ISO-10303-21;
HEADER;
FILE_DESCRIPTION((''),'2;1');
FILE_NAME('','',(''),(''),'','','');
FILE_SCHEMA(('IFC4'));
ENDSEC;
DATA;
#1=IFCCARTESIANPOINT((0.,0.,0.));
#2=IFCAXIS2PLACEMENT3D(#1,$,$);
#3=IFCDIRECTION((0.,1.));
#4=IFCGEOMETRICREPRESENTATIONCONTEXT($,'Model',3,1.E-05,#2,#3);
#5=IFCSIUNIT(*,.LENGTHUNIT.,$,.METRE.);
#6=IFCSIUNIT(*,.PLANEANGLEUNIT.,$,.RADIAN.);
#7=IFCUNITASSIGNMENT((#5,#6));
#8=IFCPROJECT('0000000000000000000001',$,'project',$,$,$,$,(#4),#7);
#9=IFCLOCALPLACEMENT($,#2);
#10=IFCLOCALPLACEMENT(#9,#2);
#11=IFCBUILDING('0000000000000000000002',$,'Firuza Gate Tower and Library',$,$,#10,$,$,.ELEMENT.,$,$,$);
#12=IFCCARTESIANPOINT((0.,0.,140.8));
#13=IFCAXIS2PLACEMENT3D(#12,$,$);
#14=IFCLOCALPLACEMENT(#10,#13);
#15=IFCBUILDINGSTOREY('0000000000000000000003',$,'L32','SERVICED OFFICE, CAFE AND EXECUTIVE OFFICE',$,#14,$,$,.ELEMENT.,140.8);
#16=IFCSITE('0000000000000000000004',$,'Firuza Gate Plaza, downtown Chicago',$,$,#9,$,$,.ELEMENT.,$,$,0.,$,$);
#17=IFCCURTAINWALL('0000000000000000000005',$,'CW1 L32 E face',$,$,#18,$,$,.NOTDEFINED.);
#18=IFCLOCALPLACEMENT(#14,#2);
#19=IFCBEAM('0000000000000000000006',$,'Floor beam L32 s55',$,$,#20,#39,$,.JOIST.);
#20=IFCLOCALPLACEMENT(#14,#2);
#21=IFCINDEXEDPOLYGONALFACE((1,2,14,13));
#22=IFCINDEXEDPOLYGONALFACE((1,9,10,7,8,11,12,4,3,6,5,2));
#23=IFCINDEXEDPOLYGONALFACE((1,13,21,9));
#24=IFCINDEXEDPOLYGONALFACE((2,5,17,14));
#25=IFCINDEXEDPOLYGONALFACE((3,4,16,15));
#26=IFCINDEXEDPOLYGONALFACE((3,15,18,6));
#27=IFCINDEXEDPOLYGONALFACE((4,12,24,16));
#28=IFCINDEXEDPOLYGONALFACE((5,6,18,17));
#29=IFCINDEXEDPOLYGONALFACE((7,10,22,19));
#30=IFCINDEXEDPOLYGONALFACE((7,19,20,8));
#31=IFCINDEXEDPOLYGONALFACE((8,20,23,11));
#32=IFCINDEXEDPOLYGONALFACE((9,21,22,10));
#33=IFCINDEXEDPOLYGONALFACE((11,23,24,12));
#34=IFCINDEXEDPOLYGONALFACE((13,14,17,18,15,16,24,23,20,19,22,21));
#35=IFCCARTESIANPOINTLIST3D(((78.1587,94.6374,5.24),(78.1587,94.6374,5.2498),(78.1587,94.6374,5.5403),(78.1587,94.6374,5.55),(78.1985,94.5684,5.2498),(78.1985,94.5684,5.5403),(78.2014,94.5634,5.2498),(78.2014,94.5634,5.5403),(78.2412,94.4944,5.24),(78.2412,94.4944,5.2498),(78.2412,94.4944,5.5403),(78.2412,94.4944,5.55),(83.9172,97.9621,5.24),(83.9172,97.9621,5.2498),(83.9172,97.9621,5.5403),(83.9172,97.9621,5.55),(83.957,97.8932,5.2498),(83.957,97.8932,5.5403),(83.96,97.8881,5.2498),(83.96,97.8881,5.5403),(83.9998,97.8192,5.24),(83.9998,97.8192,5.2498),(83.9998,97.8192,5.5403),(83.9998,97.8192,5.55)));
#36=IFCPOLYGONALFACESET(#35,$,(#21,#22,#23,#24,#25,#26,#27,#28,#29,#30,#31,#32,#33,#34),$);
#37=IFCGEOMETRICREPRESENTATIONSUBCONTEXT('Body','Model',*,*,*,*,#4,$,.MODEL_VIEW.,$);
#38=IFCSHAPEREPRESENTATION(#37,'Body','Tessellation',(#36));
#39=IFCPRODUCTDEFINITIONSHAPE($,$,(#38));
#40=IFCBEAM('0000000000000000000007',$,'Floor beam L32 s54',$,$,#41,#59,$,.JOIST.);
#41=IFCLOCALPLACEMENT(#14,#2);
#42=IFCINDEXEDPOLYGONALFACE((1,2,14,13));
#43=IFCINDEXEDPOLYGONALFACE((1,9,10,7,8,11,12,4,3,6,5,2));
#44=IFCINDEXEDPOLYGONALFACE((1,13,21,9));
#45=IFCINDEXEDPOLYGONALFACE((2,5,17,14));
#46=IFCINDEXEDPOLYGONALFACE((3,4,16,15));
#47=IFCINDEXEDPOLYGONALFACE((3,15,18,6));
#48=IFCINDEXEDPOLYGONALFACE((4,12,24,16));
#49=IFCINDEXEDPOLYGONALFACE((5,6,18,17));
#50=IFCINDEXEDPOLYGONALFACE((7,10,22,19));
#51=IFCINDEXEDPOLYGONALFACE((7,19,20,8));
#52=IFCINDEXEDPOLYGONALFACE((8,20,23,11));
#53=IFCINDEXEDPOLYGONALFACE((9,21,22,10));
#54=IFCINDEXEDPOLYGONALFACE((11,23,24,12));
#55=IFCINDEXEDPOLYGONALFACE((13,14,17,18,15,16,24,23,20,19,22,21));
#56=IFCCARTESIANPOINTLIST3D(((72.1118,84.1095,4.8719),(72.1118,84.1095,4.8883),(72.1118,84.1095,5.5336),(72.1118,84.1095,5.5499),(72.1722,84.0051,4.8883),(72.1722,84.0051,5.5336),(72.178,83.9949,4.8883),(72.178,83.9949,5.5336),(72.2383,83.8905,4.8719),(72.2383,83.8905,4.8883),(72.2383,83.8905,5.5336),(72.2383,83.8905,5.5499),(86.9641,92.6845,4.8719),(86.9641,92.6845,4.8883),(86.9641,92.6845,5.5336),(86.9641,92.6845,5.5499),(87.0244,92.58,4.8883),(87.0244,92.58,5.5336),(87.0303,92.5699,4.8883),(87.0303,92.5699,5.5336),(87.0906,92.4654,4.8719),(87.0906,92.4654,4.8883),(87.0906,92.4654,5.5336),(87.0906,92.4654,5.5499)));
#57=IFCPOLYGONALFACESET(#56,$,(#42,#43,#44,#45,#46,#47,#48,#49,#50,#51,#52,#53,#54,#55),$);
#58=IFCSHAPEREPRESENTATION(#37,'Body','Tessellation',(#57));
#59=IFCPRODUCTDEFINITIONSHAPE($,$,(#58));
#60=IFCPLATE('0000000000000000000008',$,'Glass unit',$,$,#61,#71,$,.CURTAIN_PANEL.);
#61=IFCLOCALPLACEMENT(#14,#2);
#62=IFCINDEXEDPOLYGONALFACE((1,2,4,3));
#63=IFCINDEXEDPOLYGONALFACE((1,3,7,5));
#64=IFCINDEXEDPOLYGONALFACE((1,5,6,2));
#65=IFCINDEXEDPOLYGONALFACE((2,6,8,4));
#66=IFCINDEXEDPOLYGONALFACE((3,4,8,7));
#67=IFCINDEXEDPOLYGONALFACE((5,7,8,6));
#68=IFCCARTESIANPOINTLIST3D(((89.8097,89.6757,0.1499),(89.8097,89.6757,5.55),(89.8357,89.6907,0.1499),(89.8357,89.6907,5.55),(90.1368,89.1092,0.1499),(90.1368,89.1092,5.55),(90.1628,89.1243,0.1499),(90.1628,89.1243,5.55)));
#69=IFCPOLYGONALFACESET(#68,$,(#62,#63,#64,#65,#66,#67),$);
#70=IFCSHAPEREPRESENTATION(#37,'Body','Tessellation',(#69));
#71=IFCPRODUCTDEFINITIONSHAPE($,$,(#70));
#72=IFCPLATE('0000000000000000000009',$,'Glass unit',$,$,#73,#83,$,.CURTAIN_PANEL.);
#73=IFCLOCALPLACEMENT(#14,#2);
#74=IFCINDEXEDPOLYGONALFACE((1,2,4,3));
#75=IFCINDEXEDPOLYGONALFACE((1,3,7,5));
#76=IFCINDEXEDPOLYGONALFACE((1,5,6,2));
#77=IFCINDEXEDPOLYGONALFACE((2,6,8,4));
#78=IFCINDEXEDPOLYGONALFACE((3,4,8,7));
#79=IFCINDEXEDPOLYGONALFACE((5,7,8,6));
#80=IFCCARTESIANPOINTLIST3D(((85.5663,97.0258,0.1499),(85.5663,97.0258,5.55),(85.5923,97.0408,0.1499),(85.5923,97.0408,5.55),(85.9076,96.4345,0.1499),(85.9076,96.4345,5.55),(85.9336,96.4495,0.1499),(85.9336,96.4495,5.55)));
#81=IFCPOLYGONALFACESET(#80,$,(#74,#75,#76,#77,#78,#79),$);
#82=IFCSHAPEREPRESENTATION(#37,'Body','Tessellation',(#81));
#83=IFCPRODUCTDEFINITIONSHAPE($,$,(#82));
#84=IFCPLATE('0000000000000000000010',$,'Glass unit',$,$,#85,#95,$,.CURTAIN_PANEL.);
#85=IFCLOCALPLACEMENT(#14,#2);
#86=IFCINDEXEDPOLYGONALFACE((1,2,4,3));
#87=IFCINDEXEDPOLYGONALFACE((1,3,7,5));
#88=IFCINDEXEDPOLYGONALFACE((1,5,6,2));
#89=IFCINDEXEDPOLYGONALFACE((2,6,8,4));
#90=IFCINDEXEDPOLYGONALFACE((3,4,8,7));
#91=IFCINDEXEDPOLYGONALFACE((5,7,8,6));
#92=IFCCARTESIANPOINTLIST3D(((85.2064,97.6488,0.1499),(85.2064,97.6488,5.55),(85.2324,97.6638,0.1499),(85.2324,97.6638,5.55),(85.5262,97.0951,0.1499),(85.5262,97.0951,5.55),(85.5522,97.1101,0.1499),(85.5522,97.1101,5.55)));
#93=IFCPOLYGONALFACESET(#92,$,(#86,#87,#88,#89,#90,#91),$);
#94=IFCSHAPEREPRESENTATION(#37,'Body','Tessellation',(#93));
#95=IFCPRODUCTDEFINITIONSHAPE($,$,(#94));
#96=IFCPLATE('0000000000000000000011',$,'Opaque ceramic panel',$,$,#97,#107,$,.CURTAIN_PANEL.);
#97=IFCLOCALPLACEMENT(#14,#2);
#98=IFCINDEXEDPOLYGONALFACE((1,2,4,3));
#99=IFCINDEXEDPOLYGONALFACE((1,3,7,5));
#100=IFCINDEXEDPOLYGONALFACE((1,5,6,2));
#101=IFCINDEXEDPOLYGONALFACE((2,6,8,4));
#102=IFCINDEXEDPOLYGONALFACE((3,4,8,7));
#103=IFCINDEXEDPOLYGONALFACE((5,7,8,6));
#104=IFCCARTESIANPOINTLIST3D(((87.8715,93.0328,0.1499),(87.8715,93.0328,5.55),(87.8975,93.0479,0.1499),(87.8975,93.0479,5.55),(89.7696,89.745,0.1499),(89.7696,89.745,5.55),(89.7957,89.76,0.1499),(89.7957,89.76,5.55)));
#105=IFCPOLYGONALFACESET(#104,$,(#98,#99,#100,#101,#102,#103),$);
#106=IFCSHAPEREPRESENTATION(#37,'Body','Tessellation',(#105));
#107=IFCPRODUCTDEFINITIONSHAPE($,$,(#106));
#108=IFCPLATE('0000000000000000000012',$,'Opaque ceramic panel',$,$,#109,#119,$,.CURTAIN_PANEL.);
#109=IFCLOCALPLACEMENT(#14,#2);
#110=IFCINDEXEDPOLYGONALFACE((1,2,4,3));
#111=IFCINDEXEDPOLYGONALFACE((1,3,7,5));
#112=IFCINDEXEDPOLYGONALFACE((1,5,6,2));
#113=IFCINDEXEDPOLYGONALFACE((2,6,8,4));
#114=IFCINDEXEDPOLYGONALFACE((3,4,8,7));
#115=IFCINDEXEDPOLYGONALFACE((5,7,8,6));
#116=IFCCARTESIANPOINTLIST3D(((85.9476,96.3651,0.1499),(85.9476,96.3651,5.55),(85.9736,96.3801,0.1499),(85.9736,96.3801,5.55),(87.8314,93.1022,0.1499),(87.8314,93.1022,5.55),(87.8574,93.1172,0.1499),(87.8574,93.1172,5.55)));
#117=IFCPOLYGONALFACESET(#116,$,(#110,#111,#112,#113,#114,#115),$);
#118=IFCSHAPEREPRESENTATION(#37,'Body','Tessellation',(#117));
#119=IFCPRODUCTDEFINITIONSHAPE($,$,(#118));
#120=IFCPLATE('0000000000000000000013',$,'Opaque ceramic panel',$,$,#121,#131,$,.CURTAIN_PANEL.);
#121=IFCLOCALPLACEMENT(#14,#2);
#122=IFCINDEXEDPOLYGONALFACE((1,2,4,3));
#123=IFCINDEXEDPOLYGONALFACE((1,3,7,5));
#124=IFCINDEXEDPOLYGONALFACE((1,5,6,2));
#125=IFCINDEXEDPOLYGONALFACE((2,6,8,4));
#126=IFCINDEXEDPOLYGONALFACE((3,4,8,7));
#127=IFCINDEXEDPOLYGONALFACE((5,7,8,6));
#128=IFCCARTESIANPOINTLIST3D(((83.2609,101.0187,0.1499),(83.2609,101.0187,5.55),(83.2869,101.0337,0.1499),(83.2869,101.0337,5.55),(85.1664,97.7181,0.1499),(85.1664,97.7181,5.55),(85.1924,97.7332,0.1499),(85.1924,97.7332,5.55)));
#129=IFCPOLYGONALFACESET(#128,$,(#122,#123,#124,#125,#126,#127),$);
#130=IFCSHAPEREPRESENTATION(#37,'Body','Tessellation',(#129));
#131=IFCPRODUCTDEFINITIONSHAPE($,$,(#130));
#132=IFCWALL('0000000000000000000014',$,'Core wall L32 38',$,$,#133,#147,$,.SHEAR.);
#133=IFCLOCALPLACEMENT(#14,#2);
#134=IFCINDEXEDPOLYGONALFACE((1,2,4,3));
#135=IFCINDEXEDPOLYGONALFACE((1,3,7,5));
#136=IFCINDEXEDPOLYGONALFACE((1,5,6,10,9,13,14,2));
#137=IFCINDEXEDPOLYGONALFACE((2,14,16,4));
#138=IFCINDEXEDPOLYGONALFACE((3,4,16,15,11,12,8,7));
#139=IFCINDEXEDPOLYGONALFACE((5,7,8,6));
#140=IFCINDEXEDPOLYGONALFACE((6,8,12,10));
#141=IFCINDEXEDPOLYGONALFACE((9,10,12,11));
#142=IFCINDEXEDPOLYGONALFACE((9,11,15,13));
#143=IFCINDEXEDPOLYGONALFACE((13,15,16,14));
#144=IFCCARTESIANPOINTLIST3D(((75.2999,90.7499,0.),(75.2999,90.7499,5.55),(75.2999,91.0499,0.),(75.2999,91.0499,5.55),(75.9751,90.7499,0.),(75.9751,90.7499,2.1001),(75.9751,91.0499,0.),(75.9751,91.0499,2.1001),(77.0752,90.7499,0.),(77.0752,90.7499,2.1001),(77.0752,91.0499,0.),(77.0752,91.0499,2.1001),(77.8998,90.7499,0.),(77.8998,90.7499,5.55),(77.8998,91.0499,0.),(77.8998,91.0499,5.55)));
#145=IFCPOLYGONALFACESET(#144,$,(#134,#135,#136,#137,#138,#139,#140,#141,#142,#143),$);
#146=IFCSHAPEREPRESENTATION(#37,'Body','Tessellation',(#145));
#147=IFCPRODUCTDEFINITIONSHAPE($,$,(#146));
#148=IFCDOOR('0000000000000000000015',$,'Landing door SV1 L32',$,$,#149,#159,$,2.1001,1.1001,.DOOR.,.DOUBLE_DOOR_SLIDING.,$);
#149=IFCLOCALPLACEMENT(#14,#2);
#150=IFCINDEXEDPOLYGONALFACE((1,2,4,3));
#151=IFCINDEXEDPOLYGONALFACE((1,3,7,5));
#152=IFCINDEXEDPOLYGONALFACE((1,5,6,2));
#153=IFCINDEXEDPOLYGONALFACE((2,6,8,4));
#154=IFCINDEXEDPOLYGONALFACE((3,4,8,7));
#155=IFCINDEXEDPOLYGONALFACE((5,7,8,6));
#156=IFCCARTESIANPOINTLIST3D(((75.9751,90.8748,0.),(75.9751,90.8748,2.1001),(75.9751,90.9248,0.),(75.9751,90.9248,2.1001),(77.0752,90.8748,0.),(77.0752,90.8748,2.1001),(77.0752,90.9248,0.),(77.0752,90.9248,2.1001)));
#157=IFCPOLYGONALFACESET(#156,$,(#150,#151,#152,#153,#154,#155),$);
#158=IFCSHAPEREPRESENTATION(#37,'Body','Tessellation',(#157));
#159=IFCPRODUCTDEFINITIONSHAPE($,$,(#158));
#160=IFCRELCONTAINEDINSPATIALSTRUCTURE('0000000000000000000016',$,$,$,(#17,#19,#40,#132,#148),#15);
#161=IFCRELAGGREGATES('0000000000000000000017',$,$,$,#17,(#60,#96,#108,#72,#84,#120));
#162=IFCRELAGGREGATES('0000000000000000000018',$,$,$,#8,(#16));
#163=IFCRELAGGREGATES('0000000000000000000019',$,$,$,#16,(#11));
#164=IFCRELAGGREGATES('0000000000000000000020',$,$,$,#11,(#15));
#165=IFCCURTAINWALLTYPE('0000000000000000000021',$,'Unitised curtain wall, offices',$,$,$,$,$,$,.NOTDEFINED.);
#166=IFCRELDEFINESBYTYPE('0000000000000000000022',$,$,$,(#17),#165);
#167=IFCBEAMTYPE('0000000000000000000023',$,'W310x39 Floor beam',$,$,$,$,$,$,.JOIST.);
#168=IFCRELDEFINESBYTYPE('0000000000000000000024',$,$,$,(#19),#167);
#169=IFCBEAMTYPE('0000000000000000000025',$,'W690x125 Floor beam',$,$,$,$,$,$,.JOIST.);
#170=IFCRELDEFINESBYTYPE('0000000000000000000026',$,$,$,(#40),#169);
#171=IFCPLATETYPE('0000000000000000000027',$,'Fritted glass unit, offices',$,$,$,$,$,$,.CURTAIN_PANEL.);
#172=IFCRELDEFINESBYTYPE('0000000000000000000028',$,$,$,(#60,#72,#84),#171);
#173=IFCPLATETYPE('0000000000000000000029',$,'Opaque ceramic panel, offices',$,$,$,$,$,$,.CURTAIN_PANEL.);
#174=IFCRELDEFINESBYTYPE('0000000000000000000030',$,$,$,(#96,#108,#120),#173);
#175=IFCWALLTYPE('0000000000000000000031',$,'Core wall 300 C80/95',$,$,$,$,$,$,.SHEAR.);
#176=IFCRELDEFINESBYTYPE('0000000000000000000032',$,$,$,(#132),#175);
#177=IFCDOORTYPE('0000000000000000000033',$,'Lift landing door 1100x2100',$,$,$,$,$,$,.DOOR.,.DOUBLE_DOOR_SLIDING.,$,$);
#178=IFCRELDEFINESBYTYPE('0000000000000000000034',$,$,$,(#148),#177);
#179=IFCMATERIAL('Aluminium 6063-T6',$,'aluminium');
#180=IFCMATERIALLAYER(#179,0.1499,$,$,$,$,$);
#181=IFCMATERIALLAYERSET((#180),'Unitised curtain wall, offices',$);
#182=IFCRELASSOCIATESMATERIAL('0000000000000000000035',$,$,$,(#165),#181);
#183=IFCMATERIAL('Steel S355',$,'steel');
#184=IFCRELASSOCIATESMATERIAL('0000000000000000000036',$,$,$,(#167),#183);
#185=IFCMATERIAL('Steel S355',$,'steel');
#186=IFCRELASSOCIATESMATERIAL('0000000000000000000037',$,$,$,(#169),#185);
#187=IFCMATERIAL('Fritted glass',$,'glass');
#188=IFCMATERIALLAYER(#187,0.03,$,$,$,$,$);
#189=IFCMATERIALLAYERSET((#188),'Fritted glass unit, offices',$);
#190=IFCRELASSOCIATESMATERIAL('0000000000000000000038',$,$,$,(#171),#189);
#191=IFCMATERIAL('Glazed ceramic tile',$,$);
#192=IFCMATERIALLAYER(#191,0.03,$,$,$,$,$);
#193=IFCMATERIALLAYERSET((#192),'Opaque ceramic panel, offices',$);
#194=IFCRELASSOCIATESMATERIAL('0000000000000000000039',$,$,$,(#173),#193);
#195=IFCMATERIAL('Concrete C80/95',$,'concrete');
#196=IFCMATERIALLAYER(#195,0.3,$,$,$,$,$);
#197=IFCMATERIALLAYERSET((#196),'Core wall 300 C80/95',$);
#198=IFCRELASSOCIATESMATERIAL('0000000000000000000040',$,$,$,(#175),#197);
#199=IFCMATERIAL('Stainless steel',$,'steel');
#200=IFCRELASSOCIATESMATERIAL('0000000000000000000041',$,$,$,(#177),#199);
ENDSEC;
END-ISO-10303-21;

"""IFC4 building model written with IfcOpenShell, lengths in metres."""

from ifc_helpers import new_model, si_unit, direction, frame, frame_2d, origin, origin_2d, place, context, subcontext, project, spatial, polyline, rectangle, i_section, outline, extrude, material, layer, layer_set, material_profile, profile_set, type_object, element, fill, aggregate, save


model = new_model("IFC4")

# Units and contexts
model_context = context("Model", 3, precision=1e-05, world=origin(), true_north=direction((0.0, 1.0)))
body_context = subcontext(model_context, "Body", "Model", "MODEL_VIEW")
ifc_project = project(units=[si_unit("LENGTHUNIT", "METRE"), si_unit("PLANEANGLEUNIT", "RADIAN")], contexts=[model_context])

# Site, building, storey
site_placement = place(None, origin())
site = spatial("IfcSite", under=ifc_project, at=site_placement, Name="Firuza Gate Plaza, downtown Chicago", CompositionType="ELEMENT", RefElevation=0.0)
building_placement = place(site_placement, origin())
building = spatial("IfcBuilding", under=site, at=building_placement, Name="Firuza Gate Tower and Library", CompositionType="ELEMENT")
storey_placement = place(building_placement, frame((0.0, 0.0, 140.8)))
storey = spatial("IfcBuildingStorey", under=building, at=storey_placement, Name="L32", Description="SERVICED OFFICE, CAFE AND EXECUTIVE OFFICE", CompositionType="ELEMENT", Elevation=140.8)

# Curtain wall
ifc_material_1 = material(Name="Aluminium 6063-T6", Category="aluminium")
ifc_layer_1 = layer(ifc_material_1, 0.1499)
ifc_layer_set_1 = layer_set([ifc_layer_1], Name="Unitised curtain wall, offices")
curtain_wall_type = type_object("IfcCurtainWallType", Name="Unitised curtain wall, offices", PredefinedType="NOTDEFINED", material=ifc_layer_set_1)
curtain_wall_placement = place(storey_placement, origin())
curtain_wall = element("IfcCurtainWall", 1, at=curtain_wall_placement, inside=storey, type_object=curtain_wall_type, Name="CW1 L32 E face", PredefinedType="NOTDEFINED")

# Beams
ifc_material_2 = material(Name="Steel S355", Category="steel")
ifc_material_profile_1 = material_profile(ifc_material_2, i_section(OverallWidth=0.165, OverallDepth=0.3101, WebThickness=0.0059, FlangeThickness=0.0098, at=origin_2d()))
ifc_profile_set_1 = profile_set([ifc_material_profile_1], Name="Steel S355")
beam_type_1 = type_object("IfcBeamType", Name="W310x39 Floor beam", PredefinedType="JOIST", material=ifc_profile_set_1)
beam_1_placement = place(storey_placement, frame((83.9585, 97.8906, 5.395), z_axis=(-0.866025, -0.500001, 0.0), x_axis=(0.500001, -0.866025, 0.0)))
element("IfcBeam", 2, at=beam_1_placement, inside=storey, type_object=beam_type_1, Name="Floor beam L32 s55", PredefinedType="JOIST", context=body_context, shape_type="SweptSolid", body=[
    extrude(i_section(OverallWidth=0.165, OverallDepth=0.3101, WebThickness=0.0059, FlangeThickness=0.0098, at=origin_2d()), origin(), (0.0, 0.0, 1.0), 6.6494),
])
ifc_material_3 = material(Name="Steel S355", Category="steel")
ifc_material_profile_2 = material_profile(ifc_material_3, i_section(OverallWidth=0.2529, OverallDepth=0.678, WebThickness=0.0117, FlangeThickness=0.0164, at=origin_2d()))
ifc_profile_set_2 = profile_set([ifc_material_profile_2], Name="Steel S355")
beam_type_2 = type_object("IfcBeamType", Name="W690x125 Floor beam", PredefinedType="JOIST", material=ifc_profile_set_2)
beam_2_placement = place(storey_placement, frame((87.0273, 92.575, 5.2109), z_axis=(-0.866026, -0.499999, 0.0), x_axis=(0.499999, -0.866026, 0.0)))
element("IfcBeam", 3, at=beam_2_placement, inside=storey, type_object=beam_type_2, Name="Floor beam L32 s54", PredefinedType="JOIST", context=body_context, shape_type="SweptSolid", body=[
    extrude(i_section(OverallWidth=0.2529, OverallDepth=0.678, WebThickness=0.0117, FlangeThickness=0.0164, at=origin_2d()), origin(), (0.0, 0.0, 1.0), 17.1499),
])

# Plates
ifc_material_4 = material(Name="Fritted glass", Category="glass")
ifc_layer_2 = layer(ifc_material_4, 0.03)
ifc_layer_set_2 = layer_set([ifc_layer_2], Name="Fritted glass unit, offices")
plate_type_1 = type_object("IfcPlateType", Name="Fritted glass unit, offices", PredefinedType="CURTAIN_PANEL", material=ifc_layer_set_2)
plate_1_placement = place(storey_placement, frame((90.1628, 89.1243, 0.1499), z_axis=(0.865937, 0.500153, 0.0), x_axis=(-0.500153, 0.865937, 0.0)))
plate_1 = element("IfcPlate", 4, at=plate_1_placement, type_object=plate_type_1, Name="Glass unit", PredefinedType="CURTAIN_PANEL", context=body_context, shape_type="SweptSolid", body=[
    extrude(outline(polyline([(0.0, 0.0), (0.6541, 0.0), (0.6541, 5.4001), (0.0, 5.4001), (0.0, 0.0)])), origin(), (0.0, 0.0, -1.0), 0.03),
])
plate_2_placement = place(storey_placement, frame((85.9336, 96.4495, 0.1499), z_axis=(0.866078, 0.499908, 0.0), x_axis=(-0.499908, 0.866078, 0.0)))
plate_2 = element("IfcPlate", 5, at=plate_2_placement, type_object=plate_type_1, Name="Glass unit", PredefinedType="CURTAIN_PANEL", context=body_context, shape_type="SweptSolid", body=[
    extrude(outline(polyline([(0.0, 0.0), (0.6827, 0.0), (0.6827, 5.4001), (0.0, 5.4001), (0.0, 0.0)])), origin(), (0.0, 0.0, -1.0), 0.03),
])
plate_3_placement = place(storey_placement, frame((85.5522, 97.1101, 0.1499), z_axis=(0.865931, 0.500163, 0.0), x_axis=(-0.500163, 0.865931, 0.0)))
plate_3 = element("IfcPlate", 6, at=plate_3_placement, type_object=plate_type_1, Name="Glass unit", PredefinedType="CURTAIN_PANEL", context=body_context, shape_type="SweptSolid", body=[
    extrude(outline(polyline([(0.0, 0.0), (0.6394, 0.0), (0.6394, 5.4001), (0.0, 5.4001), (0.0, 0.0)])), origin(), (0.0, 0.0, -1.0), 0.03),
])
ifc_material_5 = material(Name="Glazed ceramic tile")
ifc_layer_3 = layer(ifc_material_5, 0.03)
ifc_layer_set_3 = layer_set([ifc_layer_3], Name="Opaque ceramic panel, offices")
plate_type_2 = type_object("IfcPlateType", Name="Opaque ceramic panel, offices", PredefinedType="CURTAIN_PANEL", material=ifc_layer_set_3)
plate_4_placement = place(storey_placement, frame((89.7957, 89.76, 0.1499), z_axis=(0.86603, 0.499992, 0.0), x_axis=(-0.499992, 0.86603, 0.0)))
plate_4 = element("IfcPlate", 7, at=plate_4_placement, type_object=plate_type_2, Name="Opaque ceramic panel", PredefinedType="CURTAIN_PANEL", context=body_context, shape_type="SweptSolid", body=[
    extrude(outline(polyline([(0.0, 0.0), (3.7965, 0.0), (3.7965, 5.4001), (0.0, 5.4001), (0.0, 0.0)])), origin(), (0.0, 0.0, -1.0), 0.03),
])
plate_5_placement = place(storey_placement, frame((87.8574, 93.1172, 0.1499), z_axis=(0.866033, 0.499986, 0.0), x_axis=(-0.499986, 0.866033, 0.0)))
plate_5 = element("IfcPlate", 8, at=plate_5_placement, type_object=plate_type_2, Name="Opaque ceramic panel", PredefinedType="CURTAIN_PANEL", context=body_context, shape_type="SweptSolid", body=[
    extrude(outline(polyline([(0.0, 0.0), (3.7677, 0.0), (3.7677, 5.4001), (0.0, 5.4001), (0.0, 0.0)])), origin(), (0.0, 0.0, -1.0), 0.03),
])
plate_6_placement = place(storey_placement, frame((85.1924, 97.7332, 0.1499), z_axis=(0.866031, 0.49999, 0.0), x_axis=(-0.49999, 0.866031, 0.0)))
plate_6 = element("IfcPlate", 9, at=plate_6_placement, type_object=plate_type_2, Name="Opaque ceramic panel", PredefinedType="CURTAIN_PANEL", context=body_context, shape_type="SweptSolid", body=[
    extrude(outline(polyline([(0.0, 0.0), (3.8111, 0.0), (3.8111, 5.4001), (0.0, 5.4001), (0.0, 0.0)])), origin(), (0.0, 0.0, -1.0), 0.03),
])
aggregate(curtain_wall, [plate_1, plate_4, plate_5, plate_2, plate_3, plate_6])

# Wall, opening, door
ifc_material_6 = material(Name="Concrete C80/95", Category="concrete")
ifc_layer_4 = layer(ifc_material_6, 0.3)
ifc_layer_set_4 = layer_set([ifc_layer_4], Name="Core wall 300 C80/95")
wall_type_1 = type_object("IfcWallType", Name="Core wall 300 C80/95", PredefinedType="SHEAR", material=ifc_layer_set_4)
wall_1_placement = place(storey_placement, frame((75.3, 90.8999, 0.0), z_axis=(0.0, 0.0, 1.0), x_axis=(1.0, 0.0, 0.0)))
wall_1 = element("IfcWall", 10, at=wall_1_placement, inside=storey, type_object=wall_type_1, Name="Core wall L32 38", PredefinedType="SHEAR", context=body_context, shape_type="SweptSolid", body=[
    extrude(rectangle(XDim=2.5999, YDim=0.3, at=frame_2d((1.2998, 0.0))), origin(), (0.0, 0.0, 1.0), 5.55),
])
opening_1_placement = place(wall_1_placement, frame((0.675, 0.0, 0.0)))
opening_1 = element("IfcOpeningElement", 11, at=opening_1_placement, cuts=wall_1, PredefinedType="OPENING", context=body_context, shape_type="SweptSolid", body=[
    extrude(rectangle(XDim=1.1001, YDim=2.1001, at=frame_2d((0.55, 1.05))), frame((0.0, 0.1602, 0.0), z_axis=(0.0, -1.0, 0.0), x_axis=(1.0, 0.0, 0.0)), (0.0, 0.0, 1.0), 0.3201),
])
ifc_material_7 = material(Name="Stainless steel", Category="steel")
door_type_1 = type_object("IfcDoorType", Name="Lift landing door 1100x2100", OperationType="DOUBLE_DOOR_SLIDING", PredefinedType="DOOR", material=ifc_material_7)
door_1_placement = place(opening_1_placement, origin())
door_1 = element("IfcDoor", 12, at=door_1_placement, inside=storey, type_object=door_type_1, Name="Landing door SV1 L32", OperationType="DOUBLE_DOOR_SLIDING", OverallHeight=2.1001, OverallWidth=1.1001, PredefinedType="DOOR", context=body_context, shape_type="SweptSolid", body=[
    extrude(rectangle(XDim=1.1001, YDim=2.1001, at=frame_2d((0.55, 1.05))), frame((0.0, 0.0249, 0.0), z_axis=(0.0, -1.0, 0.0), x_axis=(1.0, 0.0, 0.0)), (0.0, 0.0, 1.0), 0.05),
])
fill(opening_1, door_1)

save(model, "model.ifc")
